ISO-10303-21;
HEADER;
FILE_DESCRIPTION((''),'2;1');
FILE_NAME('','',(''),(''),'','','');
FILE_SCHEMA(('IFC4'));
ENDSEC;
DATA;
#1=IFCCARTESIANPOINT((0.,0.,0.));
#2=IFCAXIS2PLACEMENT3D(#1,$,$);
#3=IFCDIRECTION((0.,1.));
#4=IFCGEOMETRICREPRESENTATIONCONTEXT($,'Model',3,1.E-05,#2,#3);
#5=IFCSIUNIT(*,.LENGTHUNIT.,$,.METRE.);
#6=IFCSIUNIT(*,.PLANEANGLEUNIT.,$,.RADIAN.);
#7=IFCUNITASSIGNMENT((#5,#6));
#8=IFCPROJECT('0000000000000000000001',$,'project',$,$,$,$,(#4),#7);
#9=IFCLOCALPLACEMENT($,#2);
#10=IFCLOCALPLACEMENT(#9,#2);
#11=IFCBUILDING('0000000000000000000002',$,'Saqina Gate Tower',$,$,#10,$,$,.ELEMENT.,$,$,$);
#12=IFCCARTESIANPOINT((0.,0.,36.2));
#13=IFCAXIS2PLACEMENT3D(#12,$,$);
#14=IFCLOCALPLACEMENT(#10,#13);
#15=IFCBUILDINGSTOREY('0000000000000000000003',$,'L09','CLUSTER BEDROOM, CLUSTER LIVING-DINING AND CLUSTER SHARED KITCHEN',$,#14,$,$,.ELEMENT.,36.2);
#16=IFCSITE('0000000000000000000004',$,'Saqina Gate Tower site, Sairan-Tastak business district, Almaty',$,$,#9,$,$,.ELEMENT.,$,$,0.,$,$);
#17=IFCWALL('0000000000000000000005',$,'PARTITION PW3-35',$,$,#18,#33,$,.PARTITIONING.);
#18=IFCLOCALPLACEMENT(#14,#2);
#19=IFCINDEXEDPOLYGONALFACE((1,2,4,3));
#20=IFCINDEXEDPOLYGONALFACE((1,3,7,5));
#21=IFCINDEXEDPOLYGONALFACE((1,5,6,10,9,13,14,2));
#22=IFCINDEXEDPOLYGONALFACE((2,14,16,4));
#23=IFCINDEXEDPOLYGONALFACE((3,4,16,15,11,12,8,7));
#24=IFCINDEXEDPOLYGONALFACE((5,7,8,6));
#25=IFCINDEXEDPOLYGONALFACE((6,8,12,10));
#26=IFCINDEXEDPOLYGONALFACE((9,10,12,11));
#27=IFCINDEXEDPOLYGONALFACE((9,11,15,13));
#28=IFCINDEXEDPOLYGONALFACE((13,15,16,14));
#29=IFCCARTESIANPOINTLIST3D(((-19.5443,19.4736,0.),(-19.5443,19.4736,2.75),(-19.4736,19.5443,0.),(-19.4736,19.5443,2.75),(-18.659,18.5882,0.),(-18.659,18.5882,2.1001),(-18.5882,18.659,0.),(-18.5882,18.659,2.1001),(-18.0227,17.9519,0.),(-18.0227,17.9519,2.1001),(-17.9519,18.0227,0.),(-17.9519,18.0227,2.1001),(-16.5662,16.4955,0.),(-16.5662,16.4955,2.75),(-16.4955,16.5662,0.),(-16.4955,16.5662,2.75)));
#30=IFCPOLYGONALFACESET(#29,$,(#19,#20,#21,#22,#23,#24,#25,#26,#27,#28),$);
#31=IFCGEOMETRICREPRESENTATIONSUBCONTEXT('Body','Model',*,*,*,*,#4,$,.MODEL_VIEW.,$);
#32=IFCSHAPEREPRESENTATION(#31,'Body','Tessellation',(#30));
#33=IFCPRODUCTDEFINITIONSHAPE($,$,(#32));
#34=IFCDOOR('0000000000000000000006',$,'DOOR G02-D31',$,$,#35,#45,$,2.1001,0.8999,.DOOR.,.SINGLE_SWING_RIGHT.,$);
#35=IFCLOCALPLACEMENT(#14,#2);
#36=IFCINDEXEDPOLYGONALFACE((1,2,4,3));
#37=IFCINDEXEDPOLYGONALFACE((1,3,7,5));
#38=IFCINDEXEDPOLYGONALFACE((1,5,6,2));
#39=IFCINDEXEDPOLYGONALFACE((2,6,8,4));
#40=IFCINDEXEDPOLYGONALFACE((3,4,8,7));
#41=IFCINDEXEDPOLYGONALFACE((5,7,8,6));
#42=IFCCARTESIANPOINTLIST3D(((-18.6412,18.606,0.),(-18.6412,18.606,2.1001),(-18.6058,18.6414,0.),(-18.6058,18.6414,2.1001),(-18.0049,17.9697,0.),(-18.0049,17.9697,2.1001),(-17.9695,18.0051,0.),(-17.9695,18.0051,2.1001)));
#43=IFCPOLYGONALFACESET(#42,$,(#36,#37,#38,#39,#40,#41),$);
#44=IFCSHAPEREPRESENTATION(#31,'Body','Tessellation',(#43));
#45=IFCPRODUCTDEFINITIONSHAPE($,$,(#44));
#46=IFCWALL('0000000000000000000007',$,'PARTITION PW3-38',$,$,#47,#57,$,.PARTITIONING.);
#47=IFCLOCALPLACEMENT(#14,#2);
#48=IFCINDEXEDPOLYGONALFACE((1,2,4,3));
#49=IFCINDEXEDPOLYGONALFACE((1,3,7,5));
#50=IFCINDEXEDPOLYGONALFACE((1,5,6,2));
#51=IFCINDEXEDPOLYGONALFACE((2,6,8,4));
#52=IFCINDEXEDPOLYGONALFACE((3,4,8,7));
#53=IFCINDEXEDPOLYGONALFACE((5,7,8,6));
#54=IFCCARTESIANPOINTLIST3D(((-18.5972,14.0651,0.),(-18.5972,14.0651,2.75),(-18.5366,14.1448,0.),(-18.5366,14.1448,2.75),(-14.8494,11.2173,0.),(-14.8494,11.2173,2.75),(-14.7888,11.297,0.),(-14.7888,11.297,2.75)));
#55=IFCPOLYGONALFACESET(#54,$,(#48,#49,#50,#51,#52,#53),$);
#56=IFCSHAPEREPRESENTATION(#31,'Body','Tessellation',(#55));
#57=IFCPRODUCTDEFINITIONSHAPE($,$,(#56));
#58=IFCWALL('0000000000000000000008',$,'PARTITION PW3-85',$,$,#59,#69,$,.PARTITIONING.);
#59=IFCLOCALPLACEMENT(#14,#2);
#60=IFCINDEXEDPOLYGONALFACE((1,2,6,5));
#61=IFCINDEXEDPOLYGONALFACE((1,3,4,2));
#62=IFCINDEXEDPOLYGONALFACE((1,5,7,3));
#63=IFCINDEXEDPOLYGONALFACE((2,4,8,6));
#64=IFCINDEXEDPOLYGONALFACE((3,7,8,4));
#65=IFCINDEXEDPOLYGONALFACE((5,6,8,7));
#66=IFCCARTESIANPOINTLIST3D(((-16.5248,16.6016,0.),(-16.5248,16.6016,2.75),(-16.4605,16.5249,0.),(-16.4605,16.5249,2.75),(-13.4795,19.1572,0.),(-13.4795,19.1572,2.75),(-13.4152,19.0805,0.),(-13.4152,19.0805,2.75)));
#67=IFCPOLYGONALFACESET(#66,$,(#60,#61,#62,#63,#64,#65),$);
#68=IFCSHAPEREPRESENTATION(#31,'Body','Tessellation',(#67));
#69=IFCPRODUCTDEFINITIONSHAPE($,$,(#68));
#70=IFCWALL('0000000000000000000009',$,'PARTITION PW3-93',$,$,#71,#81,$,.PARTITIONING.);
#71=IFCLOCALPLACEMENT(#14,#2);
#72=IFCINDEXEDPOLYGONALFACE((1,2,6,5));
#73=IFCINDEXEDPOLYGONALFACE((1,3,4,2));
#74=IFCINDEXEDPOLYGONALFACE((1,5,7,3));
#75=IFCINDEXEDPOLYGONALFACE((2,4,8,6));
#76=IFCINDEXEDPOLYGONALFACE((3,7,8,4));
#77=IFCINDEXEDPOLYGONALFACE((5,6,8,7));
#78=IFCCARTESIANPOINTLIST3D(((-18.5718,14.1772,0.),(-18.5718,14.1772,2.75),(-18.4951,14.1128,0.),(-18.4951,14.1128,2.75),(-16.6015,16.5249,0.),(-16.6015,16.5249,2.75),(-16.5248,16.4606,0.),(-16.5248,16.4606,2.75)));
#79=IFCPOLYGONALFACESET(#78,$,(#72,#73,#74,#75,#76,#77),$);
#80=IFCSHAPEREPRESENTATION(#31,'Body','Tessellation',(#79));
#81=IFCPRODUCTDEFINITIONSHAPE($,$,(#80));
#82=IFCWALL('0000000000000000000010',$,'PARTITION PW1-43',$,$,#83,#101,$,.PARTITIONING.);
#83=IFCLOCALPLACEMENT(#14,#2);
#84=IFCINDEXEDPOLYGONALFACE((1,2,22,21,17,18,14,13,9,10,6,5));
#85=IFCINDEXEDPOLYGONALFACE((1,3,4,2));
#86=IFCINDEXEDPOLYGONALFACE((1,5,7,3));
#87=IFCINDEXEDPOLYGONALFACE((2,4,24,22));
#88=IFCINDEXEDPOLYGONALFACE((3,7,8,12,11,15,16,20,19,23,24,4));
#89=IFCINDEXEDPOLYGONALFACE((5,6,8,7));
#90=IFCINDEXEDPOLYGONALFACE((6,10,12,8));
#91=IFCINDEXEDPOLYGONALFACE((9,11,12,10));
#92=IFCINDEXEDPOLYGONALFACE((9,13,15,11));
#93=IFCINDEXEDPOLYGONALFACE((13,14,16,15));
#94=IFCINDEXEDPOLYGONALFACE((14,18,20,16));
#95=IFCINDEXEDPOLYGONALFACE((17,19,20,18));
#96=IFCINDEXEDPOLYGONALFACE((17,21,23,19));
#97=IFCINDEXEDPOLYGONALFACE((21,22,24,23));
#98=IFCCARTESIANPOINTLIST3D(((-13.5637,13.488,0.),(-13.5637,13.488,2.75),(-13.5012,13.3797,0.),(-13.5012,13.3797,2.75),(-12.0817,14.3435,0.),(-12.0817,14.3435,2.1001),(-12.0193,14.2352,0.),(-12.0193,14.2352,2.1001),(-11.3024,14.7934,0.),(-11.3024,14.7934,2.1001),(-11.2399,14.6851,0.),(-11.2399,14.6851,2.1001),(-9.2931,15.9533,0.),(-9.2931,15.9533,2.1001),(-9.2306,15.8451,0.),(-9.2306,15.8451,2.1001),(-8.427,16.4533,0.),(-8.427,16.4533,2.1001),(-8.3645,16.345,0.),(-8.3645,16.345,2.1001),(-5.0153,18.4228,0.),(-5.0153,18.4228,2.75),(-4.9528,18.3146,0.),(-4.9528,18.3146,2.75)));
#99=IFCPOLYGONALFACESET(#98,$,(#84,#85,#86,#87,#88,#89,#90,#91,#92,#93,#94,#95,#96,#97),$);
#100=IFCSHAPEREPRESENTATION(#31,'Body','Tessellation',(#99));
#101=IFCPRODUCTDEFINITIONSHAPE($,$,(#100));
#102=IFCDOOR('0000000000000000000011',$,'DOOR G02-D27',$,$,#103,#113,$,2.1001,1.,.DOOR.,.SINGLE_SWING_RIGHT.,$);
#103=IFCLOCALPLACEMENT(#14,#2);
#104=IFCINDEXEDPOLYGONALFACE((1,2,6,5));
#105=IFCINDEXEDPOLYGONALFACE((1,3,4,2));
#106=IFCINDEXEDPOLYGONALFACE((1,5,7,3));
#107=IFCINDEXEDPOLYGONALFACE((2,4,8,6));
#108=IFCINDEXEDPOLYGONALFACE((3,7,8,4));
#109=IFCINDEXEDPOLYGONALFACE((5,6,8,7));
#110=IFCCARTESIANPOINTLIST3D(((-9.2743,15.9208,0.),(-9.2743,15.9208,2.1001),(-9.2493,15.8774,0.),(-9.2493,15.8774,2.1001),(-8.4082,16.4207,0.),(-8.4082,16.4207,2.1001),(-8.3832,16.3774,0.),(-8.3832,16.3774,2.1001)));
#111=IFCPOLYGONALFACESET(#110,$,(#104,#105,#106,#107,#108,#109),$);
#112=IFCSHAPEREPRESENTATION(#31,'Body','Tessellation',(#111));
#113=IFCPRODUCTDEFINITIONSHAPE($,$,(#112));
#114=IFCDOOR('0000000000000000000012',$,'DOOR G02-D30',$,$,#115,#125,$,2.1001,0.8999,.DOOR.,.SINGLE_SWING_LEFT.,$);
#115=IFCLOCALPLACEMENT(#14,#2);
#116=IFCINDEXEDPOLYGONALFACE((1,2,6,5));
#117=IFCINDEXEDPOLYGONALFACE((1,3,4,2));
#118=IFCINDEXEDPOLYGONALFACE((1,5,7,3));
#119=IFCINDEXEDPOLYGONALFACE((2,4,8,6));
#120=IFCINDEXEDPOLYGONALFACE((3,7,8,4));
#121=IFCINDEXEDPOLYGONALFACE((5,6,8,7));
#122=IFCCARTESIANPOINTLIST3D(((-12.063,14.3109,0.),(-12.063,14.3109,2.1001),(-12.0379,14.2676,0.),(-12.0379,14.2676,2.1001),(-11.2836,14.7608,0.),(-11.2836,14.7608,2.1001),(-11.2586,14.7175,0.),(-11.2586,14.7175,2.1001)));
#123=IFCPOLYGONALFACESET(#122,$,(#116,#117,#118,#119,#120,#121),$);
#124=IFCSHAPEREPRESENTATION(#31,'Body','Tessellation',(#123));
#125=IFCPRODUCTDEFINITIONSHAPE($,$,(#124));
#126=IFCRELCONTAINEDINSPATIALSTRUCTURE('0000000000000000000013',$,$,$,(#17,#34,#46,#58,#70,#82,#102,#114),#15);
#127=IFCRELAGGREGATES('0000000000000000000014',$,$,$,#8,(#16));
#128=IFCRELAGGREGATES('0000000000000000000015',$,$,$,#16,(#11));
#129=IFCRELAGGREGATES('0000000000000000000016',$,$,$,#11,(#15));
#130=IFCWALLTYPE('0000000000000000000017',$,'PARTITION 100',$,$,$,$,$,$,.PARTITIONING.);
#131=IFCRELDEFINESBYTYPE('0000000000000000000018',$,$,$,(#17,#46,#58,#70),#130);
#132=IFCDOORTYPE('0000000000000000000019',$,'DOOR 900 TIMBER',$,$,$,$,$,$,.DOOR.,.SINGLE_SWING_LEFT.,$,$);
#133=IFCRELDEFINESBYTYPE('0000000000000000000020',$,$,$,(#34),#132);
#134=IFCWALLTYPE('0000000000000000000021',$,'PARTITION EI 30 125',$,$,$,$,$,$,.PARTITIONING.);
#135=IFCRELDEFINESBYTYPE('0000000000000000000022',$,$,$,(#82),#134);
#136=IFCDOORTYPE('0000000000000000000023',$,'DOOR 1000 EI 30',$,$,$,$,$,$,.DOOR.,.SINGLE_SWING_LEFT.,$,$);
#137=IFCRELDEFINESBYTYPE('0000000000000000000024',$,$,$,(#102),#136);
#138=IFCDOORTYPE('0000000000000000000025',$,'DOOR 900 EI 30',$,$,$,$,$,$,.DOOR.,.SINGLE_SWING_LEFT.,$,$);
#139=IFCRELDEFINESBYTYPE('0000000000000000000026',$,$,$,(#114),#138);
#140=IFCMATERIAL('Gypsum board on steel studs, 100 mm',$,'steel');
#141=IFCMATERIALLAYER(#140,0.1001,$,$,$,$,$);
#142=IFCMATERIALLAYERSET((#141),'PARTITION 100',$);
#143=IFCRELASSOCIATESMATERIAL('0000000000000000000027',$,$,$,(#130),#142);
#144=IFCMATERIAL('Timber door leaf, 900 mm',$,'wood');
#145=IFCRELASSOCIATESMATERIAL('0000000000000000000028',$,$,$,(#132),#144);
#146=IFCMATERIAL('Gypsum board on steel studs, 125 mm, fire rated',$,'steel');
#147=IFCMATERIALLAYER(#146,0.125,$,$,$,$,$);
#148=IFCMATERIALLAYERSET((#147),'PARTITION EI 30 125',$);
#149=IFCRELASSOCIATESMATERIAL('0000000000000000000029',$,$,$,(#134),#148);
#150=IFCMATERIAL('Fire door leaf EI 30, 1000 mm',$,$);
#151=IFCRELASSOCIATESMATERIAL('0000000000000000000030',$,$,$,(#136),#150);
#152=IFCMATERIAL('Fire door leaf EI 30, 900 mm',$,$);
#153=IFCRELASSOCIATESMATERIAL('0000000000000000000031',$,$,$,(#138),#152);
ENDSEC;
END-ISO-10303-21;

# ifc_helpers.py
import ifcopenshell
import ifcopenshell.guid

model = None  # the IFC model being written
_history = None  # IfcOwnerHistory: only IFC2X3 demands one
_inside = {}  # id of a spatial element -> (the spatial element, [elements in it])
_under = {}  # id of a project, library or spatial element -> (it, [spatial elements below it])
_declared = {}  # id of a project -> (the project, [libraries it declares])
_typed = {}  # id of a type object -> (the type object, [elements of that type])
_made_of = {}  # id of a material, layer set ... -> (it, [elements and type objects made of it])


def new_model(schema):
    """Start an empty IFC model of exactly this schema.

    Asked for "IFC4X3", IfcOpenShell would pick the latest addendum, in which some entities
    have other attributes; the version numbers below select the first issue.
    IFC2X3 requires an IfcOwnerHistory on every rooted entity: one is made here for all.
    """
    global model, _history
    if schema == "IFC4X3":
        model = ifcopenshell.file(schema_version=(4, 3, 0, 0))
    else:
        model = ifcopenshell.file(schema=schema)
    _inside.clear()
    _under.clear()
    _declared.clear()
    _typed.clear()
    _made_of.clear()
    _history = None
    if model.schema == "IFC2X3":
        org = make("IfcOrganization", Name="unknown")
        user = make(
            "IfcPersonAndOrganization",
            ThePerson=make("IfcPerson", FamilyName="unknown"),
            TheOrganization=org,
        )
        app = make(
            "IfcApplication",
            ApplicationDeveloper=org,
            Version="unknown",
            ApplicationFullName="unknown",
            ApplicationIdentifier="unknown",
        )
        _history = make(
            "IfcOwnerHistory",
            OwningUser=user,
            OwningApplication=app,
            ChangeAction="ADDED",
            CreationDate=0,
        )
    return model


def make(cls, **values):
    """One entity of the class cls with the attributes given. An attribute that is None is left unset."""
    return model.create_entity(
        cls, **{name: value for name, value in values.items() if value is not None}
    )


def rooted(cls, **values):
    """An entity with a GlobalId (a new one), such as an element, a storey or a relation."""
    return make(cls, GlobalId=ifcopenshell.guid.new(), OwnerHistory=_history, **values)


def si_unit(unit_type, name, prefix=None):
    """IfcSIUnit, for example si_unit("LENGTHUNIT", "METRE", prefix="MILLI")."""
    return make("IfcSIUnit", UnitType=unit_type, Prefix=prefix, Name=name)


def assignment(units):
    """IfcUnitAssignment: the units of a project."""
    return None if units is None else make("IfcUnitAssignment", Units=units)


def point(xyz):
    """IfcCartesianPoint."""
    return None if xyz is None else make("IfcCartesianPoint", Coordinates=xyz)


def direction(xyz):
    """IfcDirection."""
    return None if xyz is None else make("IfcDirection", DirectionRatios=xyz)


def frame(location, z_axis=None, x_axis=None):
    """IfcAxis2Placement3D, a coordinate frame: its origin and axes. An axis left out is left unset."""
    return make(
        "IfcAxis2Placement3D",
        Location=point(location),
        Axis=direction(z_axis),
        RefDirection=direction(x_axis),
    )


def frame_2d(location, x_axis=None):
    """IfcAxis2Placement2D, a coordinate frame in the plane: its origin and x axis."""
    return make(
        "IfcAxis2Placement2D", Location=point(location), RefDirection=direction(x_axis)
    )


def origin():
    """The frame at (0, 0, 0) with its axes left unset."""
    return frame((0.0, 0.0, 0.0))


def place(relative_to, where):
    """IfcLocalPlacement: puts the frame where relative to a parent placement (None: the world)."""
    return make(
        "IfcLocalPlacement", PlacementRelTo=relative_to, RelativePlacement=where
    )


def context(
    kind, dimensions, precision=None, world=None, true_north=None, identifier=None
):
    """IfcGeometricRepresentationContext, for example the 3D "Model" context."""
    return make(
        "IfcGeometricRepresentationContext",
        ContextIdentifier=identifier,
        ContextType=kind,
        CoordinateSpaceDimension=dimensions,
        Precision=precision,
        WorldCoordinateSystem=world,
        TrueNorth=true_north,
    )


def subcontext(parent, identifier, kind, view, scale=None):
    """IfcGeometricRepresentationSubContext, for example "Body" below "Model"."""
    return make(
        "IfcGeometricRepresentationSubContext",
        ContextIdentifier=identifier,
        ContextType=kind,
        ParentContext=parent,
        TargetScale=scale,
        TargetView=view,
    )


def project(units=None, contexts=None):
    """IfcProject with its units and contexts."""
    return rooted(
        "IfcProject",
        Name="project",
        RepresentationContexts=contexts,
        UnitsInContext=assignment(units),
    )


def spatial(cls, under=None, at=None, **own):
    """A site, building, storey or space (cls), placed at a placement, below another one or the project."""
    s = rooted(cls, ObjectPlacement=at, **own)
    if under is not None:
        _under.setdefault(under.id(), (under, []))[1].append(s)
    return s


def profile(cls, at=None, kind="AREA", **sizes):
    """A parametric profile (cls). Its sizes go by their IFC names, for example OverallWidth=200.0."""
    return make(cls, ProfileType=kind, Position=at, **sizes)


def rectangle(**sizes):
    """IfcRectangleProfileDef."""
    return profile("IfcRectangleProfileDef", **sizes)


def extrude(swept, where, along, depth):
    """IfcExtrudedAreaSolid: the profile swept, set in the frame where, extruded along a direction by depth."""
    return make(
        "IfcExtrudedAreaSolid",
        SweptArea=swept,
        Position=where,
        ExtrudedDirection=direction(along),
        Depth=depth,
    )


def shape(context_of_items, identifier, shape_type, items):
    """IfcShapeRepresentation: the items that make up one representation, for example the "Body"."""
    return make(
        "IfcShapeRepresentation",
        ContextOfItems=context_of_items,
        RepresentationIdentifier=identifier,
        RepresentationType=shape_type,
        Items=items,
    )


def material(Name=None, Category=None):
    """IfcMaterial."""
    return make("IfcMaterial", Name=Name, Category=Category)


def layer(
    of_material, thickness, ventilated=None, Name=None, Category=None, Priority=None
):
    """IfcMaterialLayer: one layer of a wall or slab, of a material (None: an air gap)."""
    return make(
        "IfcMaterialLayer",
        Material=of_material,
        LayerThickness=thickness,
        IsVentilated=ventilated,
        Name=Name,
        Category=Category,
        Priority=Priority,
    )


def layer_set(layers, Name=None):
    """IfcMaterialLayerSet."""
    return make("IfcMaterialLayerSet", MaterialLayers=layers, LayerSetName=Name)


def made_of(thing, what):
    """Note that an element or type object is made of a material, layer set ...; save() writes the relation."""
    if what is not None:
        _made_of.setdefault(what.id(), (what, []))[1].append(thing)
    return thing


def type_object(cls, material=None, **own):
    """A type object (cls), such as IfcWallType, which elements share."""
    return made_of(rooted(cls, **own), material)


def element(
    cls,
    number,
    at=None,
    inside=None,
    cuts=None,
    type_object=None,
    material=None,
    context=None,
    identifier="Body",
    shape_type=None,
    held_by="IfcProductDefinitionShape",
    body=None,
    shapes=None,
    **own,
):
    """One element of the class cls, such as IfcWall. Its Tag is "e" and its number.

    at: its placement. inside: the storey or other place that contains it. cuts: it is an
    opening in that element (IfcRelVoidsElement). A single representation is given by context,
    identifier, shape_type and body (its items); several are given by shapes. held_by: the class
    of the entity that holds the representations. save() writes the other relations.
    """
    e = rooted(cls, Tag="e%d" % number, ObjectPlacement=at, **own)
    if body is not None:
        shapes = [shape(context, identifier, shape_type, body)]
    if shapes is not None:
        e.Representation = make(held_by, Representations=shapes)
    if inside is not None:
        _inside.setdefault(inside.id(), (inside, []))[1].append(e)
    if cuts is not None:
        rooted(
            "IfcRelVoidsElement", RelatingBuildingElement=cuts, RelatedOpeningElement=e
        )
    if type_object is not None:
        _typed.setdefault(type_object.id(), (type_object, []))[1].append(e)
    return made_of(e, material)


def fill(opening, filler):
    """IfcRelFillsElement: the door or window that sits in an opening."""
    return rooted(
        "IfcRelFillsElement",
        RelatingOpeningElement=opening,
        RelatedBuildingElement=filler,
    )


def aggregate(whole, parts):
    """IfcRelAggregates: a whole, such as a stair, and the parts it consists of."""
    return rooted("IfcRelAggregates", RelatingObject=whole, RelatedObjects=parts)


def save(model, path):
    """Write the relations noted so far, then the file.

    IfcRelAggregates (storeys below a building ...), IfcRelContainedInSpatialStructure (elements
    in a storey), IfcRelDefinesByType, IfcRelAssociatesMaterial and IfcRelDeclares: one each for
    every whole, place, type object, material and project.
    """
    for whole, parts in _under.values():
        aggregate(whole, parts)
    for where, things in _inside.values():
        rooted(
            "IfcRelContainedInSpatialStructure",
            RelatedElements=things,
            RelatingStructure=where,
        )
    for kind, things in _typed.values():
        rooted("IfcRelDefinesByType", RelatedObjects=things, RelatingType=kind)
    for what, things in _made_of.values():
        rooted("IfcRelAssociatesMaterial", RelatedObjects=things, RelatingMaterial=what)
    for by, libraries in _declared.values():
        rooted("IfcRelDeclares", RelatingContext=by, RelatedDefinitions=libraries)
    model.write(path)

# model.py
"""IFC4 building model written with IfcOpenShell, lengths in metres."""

from ifc_helpers import new_model, si_unit, direction, frame, frame_2d, origin, place, context, subcontext, project, spatial, rectangle, extrude, material, layer, layer_set, type_object, element, fill, save


model = new_model("IFC4")

# Units and contexts
model_context = context("Model", 3, precision=1e-05, world=origin(), true_north=direction((0.0, 1.0)))
body_context = subcontext(model_context, "Body", "Model", "MODEL_VIEW")
ifc_project = project(units=[si_unit("LENGTHUNIT", "METRE"), si_unit("PLANEANGLEUNIT", "RADIAN")], contexts=[model_context])

# Site, building, storey
site_placement = place(None, origin())
site = spatial("IfcSite", under=ifc_project, at=site_placement, Name="Saqina Gate Tower site, Sairan-Tastak business district, Almaty", CompositionType="ELEMENT", RefElevation=0.0)
building_placement = place(site_placement, origin())
building = spatial("IfcBuilding", under=site, at=building_placement, Name="Saqina Gate Tower", CompositionType="ELEMENT")
storey_placement = place(building_placement, frame((0.0, 0.0, 36.2)))
storey = spatial("IfcBuildingStorey", under=building, at=storey_placement, Name="L09", Description="CLUSTER BEDROOM, CLUSTER LIVING-DINING AND CLUSTER SHARED KITCHEN", CompositionType="ELEMENT", Elevation=36.2)

# Wall, opening, door
ifc_material_1 = material(Name="Gypsum board on steel studs, 100 mm", Category="steel")
ifc_layer_1 = layer(ifc_material_1, 0.1001)
ifc_layer_set_1 = layer_set([ifc_layer_1], Name="PARTITION 100")
wall_type_1 = type_object("IfcWallType", Name="PARTITION 100", PredefinedType="PARTITIONING", material=ifc_layer_set_1)
wall_1_placement = place(storey_placement, frame((-19.509, 19.509, 0.0), z_axis=(0.0, 0.0, 1.0), x_axis=(0.707107, -0.707107, 0.0)))
wall_1 = element("IfcWall", 1, at=wall_1_placement, inside=storey, type_object=wall_type_1, Name="PARTITION PW3-35", PredefinedType="PARTITIONING", context=body_context, shape_type="SweptSolid", body=[
    extrude(rectangle(XDim=4.2117, YDim=0.1001, at=frame_2d((2.106, 0.0))), origin(), (0.0, 0.0, 1.0), 2.75),
])
opening_1_placement = place(wall_1_placement, frame((1.2522, 0.0, 0.0)))
opening_1 = element("IfcOpeningElement", 2, at=opening_1_placement, cuts=wall_1, PredefinedType="OPENING", context=body_context, shape_type="SweptSolid", body=[
    extrude(rectangle(XDim=0.8999, YDim=2.1001, at=frame_2d((0.45, 1.05))), frame((0.0, 0.062, 0.0), z_axis=(0.0, -1.0, 0.0), x_axis=(1.0, 0.0, 0.0)), (0.0, 0.0, 1.0), 0.124),
])
ifc_material_2 = material(Name="Timber door leaf, 900 mm", Category="wood")
door_type_1 = type_object("IfcDoorType", Name="DOOR 900 TIMBER", OperationType="SINGLE_SWING_LEFT", PredefinedType="DOOR", material=ifc_material_2)
door_1_placement = place(opening_1_placement, frame((0.8999, 0.0, 0.0), z_axis=(0.0, 0.0, 1.0), x_axis=(-1.0, 0.0, 0.0)))
door_1 = element("IfcDoor", 3, at=door_1_placement, inside=storey, type_object=door_type_1, Name="DOOR G02-D31", OperationType="SINGLE_SWING_RIGHT", OverallHeight=2.1001, OverallWidth=0.8999, PredefinedType="DOOR", context=body_context, shape_type="SweptSolid", body=[
    extrude(rectangle(XDim=0.8999, YDim=2.1001, at=frame_2d((0.45, 1.05))), frame((0.0, 0.0249, 0.0), z_axis=(0.0, -1.0, 0.0), x_axis=(1.0, 0.0, 0.0)), (0.0, 0.0, 1.0), 0.05),
])
fill(opening_1, door_1)

# Walls
wall_2_placement = place(storey_placement, frame((-18.5669, 14.105, 0.0), z_axis=(0.0, 0.0, 1.0), x_axis=(0.796206, -0.605025, 0.0)))
element("IfcWall", 4, at=wall_2_placement, inside=storey, type_object=wall_type_1, Name="PARTITION PW3-38", PredefinedType="PARTITIONING", context=body_context, shape_type="SweptSolid", body=[
    extrude(rectangle(XDim=4.707, YDim=0.1001, at=frame_2d((2.3535, 0.0))), origin(), (0.0, 0.0, 1.0), 2.75),
])
wall_3_placement = place(storey_placement, frame((-16.4927, 16.5632, 0.0), z_axis=(0.0, 0.0, 1.0), x_axis=(0.766012, 0.642826, 0.0)))
element("IfcWall", 5, at=wall_3_placement, inside=storey, type_object=wall_type_1, Name="PARTITION PW3-85", PredefinedType="PARTITIONING", context=body_context, shape_type="SweptSolid", body=[
    extrude(rectangle(XDim=3.9756, YDim=0.1001, at=frame_2d((1.9878, 0.0))), origin(), (0.0, 0.0, 1.0), 2.75),
])
wall_4_placement = place(storey_placement, frame((-18.5334, 14.145, 0.0), z_axis=(0.0, 0.0, 1.0), x_axis=(0.642845, 0.765997, 0.0)))
element("IfcWall", 6, at=wall_4_placement, inside=storey, type_object=wall_type_1, Name="PARTITION PW3-93", PredefinedType="PARTITIONING", context=body_context, shape_type="SweptSolid", body=[
    extrude(rectangle(XDim=3.0649, YDim=0.1001, at=frame_2d((1.5325, 0.0))), origin(), (0.0, 0.0, 1.0), 2.75),
])

# Wall, openings, doors
ifc_material_3 = material(Name="Gypsum board on steel studs, 125 mm, fire rated", Category="steel")
ifc_layer_2 = layer(ifc_material_3, 0.125)
ifc_layer_set_2 = layer_set([ifc_layer_2], Name="PARTITION EI 30 125")
wall_type_2 = type_object("IfcWallType", Name="PARTITION EI 30 125", PredefinedType="PARTITIONING", material=ifc_layer_set_2)
wall_5_placement = place(storey_placement, frame((-13.5325, 13.4338, 0.0), z_axis=(0.0, 0.0, 1.0), x_axis=(0.86605, 0.499957, 0.0)))
wall_5 = element("IfcWall", 7, at=wall_5_placement, inside=storey, type_object=wall_type_2, Name="PARTITION PW1-43", PredefinedType="PARTITIONING", context=body_context, shape_type="SweptSolid", body=[
    extrude(rectangle(XDim=9.8706, YDim=0.125, at=frame_2d((4.9353, 0.0))), origin(), (0.0, 0.0, 1.0), 2.75),
])
opening_2_placement = place(wall_5_placement, frame((4.9312, 0.0, 0.0)))
opening_2 = element("IfcOpeningElement", 8, at=opening_2_placement, cuts=wall_5, PredefinedType="OPENING", context=body_context, shape_type="SweptSolid", body=[
    extrude(rectangle(XDim=1.0, YDim=2.1001, at=frame_2d((0.5, 1.05))), frame((0.0, 0.0745, 0.0), z_axis=(0.0, -1.0, 0.0), x_axis=(1.0, 0.0, 0.0)), (0.0, 0.0, 1.0), 0.1489),
])
opening_3_placement = place(wall_5_placement, frame((1.7112, 0.0, 0.0)))
opening_3 = element("IfcOpeningElement", 9, at=opening_3_placement, cuts=wall_5, PredefinedType="OPENING", context=body_context, shape_type="SweptSolid", body=[
    extrude(rectangle(XDim=0.8999, YDim=2.1001, at=frame_2d((0.45, 1.05))), frame((0.0, 0.0745, 0.0), z_axis=(0.0, -1.0, 0.0), x_axis=(1.0, 0.0, 0.0)), (0.0, 0.0, 1.0), 0.1489),
])
ifc_material_4 = material(Name="Fire door leaf EI 30, 1000 mm")
door_type_2 = type_object("IfcDoorType", Name="DOOR 1000 EI 30", OperationType="SINGLE_SWING_LEFT", PredefinedType="DOOR", material=ifc_material_4)
door_2_placement = place(opening_2_placement, origin())
door_2 = element("IfcDoor", 10, at=door_2_placement, inside=storey, type_object=door_type_2, Name="DOOR G02-D27", OperationType="SINGLE_SWING_RIGHT", OverallHeight=2.1001, OverallWidth=1.0, PredefinedType="DOOR", context=body_context, shape_type="SweptSolid", body=[
    extrude(rectangle(XDim=1.0, YDim=2.1001, at=frame_2d((0.5, 1.05))), frame((0.0, 0.0249, 0.0), z_axis=(0.0, -1.0, 0.0), x_axis=(1.0, 0.0, 0.0)), (0.0, 0.0, 1.0), 0.05),
])
fill(opening_2, door_2)
ifc_material_5 = material(Name="Fire door leaf EI 30, 900 mm")
door_type_3 = type_object("IfcDoorType", Name="DOOR 900 EI 30", OperationType="SINGLE_SWING_LEFT", PredefinedType="DOOR", material=ifc_material_5)
door_3_placement = place(opening_3_placement, origin())
door_3 = element("IfcDoor", 11, at=door_3_placement, inside=storey, type_object=door_type_3, Name="DOOR G02-D30", OperationType="SINGLE_SWING_LEFT", OverallHeight=2.1001, OverallWidth=0.8999, PredefinedType="DOOR", context=body_context, shape_type="SweptSolid", body=[
    extrude(rectangle(XDim=0.8999, YDim=2.1001, at=frame_2d((0.45, 1.05))), frame((0.0, 0.0249, 0.0), z_axis=(0.0, -1.0, 0.0), x_axis=(1.0, 0.0, 0.0)), (0.0, 0.0, 1.0), 0.05),
])
fill(opening_3, door_3)

save(model, "model.ifc")
